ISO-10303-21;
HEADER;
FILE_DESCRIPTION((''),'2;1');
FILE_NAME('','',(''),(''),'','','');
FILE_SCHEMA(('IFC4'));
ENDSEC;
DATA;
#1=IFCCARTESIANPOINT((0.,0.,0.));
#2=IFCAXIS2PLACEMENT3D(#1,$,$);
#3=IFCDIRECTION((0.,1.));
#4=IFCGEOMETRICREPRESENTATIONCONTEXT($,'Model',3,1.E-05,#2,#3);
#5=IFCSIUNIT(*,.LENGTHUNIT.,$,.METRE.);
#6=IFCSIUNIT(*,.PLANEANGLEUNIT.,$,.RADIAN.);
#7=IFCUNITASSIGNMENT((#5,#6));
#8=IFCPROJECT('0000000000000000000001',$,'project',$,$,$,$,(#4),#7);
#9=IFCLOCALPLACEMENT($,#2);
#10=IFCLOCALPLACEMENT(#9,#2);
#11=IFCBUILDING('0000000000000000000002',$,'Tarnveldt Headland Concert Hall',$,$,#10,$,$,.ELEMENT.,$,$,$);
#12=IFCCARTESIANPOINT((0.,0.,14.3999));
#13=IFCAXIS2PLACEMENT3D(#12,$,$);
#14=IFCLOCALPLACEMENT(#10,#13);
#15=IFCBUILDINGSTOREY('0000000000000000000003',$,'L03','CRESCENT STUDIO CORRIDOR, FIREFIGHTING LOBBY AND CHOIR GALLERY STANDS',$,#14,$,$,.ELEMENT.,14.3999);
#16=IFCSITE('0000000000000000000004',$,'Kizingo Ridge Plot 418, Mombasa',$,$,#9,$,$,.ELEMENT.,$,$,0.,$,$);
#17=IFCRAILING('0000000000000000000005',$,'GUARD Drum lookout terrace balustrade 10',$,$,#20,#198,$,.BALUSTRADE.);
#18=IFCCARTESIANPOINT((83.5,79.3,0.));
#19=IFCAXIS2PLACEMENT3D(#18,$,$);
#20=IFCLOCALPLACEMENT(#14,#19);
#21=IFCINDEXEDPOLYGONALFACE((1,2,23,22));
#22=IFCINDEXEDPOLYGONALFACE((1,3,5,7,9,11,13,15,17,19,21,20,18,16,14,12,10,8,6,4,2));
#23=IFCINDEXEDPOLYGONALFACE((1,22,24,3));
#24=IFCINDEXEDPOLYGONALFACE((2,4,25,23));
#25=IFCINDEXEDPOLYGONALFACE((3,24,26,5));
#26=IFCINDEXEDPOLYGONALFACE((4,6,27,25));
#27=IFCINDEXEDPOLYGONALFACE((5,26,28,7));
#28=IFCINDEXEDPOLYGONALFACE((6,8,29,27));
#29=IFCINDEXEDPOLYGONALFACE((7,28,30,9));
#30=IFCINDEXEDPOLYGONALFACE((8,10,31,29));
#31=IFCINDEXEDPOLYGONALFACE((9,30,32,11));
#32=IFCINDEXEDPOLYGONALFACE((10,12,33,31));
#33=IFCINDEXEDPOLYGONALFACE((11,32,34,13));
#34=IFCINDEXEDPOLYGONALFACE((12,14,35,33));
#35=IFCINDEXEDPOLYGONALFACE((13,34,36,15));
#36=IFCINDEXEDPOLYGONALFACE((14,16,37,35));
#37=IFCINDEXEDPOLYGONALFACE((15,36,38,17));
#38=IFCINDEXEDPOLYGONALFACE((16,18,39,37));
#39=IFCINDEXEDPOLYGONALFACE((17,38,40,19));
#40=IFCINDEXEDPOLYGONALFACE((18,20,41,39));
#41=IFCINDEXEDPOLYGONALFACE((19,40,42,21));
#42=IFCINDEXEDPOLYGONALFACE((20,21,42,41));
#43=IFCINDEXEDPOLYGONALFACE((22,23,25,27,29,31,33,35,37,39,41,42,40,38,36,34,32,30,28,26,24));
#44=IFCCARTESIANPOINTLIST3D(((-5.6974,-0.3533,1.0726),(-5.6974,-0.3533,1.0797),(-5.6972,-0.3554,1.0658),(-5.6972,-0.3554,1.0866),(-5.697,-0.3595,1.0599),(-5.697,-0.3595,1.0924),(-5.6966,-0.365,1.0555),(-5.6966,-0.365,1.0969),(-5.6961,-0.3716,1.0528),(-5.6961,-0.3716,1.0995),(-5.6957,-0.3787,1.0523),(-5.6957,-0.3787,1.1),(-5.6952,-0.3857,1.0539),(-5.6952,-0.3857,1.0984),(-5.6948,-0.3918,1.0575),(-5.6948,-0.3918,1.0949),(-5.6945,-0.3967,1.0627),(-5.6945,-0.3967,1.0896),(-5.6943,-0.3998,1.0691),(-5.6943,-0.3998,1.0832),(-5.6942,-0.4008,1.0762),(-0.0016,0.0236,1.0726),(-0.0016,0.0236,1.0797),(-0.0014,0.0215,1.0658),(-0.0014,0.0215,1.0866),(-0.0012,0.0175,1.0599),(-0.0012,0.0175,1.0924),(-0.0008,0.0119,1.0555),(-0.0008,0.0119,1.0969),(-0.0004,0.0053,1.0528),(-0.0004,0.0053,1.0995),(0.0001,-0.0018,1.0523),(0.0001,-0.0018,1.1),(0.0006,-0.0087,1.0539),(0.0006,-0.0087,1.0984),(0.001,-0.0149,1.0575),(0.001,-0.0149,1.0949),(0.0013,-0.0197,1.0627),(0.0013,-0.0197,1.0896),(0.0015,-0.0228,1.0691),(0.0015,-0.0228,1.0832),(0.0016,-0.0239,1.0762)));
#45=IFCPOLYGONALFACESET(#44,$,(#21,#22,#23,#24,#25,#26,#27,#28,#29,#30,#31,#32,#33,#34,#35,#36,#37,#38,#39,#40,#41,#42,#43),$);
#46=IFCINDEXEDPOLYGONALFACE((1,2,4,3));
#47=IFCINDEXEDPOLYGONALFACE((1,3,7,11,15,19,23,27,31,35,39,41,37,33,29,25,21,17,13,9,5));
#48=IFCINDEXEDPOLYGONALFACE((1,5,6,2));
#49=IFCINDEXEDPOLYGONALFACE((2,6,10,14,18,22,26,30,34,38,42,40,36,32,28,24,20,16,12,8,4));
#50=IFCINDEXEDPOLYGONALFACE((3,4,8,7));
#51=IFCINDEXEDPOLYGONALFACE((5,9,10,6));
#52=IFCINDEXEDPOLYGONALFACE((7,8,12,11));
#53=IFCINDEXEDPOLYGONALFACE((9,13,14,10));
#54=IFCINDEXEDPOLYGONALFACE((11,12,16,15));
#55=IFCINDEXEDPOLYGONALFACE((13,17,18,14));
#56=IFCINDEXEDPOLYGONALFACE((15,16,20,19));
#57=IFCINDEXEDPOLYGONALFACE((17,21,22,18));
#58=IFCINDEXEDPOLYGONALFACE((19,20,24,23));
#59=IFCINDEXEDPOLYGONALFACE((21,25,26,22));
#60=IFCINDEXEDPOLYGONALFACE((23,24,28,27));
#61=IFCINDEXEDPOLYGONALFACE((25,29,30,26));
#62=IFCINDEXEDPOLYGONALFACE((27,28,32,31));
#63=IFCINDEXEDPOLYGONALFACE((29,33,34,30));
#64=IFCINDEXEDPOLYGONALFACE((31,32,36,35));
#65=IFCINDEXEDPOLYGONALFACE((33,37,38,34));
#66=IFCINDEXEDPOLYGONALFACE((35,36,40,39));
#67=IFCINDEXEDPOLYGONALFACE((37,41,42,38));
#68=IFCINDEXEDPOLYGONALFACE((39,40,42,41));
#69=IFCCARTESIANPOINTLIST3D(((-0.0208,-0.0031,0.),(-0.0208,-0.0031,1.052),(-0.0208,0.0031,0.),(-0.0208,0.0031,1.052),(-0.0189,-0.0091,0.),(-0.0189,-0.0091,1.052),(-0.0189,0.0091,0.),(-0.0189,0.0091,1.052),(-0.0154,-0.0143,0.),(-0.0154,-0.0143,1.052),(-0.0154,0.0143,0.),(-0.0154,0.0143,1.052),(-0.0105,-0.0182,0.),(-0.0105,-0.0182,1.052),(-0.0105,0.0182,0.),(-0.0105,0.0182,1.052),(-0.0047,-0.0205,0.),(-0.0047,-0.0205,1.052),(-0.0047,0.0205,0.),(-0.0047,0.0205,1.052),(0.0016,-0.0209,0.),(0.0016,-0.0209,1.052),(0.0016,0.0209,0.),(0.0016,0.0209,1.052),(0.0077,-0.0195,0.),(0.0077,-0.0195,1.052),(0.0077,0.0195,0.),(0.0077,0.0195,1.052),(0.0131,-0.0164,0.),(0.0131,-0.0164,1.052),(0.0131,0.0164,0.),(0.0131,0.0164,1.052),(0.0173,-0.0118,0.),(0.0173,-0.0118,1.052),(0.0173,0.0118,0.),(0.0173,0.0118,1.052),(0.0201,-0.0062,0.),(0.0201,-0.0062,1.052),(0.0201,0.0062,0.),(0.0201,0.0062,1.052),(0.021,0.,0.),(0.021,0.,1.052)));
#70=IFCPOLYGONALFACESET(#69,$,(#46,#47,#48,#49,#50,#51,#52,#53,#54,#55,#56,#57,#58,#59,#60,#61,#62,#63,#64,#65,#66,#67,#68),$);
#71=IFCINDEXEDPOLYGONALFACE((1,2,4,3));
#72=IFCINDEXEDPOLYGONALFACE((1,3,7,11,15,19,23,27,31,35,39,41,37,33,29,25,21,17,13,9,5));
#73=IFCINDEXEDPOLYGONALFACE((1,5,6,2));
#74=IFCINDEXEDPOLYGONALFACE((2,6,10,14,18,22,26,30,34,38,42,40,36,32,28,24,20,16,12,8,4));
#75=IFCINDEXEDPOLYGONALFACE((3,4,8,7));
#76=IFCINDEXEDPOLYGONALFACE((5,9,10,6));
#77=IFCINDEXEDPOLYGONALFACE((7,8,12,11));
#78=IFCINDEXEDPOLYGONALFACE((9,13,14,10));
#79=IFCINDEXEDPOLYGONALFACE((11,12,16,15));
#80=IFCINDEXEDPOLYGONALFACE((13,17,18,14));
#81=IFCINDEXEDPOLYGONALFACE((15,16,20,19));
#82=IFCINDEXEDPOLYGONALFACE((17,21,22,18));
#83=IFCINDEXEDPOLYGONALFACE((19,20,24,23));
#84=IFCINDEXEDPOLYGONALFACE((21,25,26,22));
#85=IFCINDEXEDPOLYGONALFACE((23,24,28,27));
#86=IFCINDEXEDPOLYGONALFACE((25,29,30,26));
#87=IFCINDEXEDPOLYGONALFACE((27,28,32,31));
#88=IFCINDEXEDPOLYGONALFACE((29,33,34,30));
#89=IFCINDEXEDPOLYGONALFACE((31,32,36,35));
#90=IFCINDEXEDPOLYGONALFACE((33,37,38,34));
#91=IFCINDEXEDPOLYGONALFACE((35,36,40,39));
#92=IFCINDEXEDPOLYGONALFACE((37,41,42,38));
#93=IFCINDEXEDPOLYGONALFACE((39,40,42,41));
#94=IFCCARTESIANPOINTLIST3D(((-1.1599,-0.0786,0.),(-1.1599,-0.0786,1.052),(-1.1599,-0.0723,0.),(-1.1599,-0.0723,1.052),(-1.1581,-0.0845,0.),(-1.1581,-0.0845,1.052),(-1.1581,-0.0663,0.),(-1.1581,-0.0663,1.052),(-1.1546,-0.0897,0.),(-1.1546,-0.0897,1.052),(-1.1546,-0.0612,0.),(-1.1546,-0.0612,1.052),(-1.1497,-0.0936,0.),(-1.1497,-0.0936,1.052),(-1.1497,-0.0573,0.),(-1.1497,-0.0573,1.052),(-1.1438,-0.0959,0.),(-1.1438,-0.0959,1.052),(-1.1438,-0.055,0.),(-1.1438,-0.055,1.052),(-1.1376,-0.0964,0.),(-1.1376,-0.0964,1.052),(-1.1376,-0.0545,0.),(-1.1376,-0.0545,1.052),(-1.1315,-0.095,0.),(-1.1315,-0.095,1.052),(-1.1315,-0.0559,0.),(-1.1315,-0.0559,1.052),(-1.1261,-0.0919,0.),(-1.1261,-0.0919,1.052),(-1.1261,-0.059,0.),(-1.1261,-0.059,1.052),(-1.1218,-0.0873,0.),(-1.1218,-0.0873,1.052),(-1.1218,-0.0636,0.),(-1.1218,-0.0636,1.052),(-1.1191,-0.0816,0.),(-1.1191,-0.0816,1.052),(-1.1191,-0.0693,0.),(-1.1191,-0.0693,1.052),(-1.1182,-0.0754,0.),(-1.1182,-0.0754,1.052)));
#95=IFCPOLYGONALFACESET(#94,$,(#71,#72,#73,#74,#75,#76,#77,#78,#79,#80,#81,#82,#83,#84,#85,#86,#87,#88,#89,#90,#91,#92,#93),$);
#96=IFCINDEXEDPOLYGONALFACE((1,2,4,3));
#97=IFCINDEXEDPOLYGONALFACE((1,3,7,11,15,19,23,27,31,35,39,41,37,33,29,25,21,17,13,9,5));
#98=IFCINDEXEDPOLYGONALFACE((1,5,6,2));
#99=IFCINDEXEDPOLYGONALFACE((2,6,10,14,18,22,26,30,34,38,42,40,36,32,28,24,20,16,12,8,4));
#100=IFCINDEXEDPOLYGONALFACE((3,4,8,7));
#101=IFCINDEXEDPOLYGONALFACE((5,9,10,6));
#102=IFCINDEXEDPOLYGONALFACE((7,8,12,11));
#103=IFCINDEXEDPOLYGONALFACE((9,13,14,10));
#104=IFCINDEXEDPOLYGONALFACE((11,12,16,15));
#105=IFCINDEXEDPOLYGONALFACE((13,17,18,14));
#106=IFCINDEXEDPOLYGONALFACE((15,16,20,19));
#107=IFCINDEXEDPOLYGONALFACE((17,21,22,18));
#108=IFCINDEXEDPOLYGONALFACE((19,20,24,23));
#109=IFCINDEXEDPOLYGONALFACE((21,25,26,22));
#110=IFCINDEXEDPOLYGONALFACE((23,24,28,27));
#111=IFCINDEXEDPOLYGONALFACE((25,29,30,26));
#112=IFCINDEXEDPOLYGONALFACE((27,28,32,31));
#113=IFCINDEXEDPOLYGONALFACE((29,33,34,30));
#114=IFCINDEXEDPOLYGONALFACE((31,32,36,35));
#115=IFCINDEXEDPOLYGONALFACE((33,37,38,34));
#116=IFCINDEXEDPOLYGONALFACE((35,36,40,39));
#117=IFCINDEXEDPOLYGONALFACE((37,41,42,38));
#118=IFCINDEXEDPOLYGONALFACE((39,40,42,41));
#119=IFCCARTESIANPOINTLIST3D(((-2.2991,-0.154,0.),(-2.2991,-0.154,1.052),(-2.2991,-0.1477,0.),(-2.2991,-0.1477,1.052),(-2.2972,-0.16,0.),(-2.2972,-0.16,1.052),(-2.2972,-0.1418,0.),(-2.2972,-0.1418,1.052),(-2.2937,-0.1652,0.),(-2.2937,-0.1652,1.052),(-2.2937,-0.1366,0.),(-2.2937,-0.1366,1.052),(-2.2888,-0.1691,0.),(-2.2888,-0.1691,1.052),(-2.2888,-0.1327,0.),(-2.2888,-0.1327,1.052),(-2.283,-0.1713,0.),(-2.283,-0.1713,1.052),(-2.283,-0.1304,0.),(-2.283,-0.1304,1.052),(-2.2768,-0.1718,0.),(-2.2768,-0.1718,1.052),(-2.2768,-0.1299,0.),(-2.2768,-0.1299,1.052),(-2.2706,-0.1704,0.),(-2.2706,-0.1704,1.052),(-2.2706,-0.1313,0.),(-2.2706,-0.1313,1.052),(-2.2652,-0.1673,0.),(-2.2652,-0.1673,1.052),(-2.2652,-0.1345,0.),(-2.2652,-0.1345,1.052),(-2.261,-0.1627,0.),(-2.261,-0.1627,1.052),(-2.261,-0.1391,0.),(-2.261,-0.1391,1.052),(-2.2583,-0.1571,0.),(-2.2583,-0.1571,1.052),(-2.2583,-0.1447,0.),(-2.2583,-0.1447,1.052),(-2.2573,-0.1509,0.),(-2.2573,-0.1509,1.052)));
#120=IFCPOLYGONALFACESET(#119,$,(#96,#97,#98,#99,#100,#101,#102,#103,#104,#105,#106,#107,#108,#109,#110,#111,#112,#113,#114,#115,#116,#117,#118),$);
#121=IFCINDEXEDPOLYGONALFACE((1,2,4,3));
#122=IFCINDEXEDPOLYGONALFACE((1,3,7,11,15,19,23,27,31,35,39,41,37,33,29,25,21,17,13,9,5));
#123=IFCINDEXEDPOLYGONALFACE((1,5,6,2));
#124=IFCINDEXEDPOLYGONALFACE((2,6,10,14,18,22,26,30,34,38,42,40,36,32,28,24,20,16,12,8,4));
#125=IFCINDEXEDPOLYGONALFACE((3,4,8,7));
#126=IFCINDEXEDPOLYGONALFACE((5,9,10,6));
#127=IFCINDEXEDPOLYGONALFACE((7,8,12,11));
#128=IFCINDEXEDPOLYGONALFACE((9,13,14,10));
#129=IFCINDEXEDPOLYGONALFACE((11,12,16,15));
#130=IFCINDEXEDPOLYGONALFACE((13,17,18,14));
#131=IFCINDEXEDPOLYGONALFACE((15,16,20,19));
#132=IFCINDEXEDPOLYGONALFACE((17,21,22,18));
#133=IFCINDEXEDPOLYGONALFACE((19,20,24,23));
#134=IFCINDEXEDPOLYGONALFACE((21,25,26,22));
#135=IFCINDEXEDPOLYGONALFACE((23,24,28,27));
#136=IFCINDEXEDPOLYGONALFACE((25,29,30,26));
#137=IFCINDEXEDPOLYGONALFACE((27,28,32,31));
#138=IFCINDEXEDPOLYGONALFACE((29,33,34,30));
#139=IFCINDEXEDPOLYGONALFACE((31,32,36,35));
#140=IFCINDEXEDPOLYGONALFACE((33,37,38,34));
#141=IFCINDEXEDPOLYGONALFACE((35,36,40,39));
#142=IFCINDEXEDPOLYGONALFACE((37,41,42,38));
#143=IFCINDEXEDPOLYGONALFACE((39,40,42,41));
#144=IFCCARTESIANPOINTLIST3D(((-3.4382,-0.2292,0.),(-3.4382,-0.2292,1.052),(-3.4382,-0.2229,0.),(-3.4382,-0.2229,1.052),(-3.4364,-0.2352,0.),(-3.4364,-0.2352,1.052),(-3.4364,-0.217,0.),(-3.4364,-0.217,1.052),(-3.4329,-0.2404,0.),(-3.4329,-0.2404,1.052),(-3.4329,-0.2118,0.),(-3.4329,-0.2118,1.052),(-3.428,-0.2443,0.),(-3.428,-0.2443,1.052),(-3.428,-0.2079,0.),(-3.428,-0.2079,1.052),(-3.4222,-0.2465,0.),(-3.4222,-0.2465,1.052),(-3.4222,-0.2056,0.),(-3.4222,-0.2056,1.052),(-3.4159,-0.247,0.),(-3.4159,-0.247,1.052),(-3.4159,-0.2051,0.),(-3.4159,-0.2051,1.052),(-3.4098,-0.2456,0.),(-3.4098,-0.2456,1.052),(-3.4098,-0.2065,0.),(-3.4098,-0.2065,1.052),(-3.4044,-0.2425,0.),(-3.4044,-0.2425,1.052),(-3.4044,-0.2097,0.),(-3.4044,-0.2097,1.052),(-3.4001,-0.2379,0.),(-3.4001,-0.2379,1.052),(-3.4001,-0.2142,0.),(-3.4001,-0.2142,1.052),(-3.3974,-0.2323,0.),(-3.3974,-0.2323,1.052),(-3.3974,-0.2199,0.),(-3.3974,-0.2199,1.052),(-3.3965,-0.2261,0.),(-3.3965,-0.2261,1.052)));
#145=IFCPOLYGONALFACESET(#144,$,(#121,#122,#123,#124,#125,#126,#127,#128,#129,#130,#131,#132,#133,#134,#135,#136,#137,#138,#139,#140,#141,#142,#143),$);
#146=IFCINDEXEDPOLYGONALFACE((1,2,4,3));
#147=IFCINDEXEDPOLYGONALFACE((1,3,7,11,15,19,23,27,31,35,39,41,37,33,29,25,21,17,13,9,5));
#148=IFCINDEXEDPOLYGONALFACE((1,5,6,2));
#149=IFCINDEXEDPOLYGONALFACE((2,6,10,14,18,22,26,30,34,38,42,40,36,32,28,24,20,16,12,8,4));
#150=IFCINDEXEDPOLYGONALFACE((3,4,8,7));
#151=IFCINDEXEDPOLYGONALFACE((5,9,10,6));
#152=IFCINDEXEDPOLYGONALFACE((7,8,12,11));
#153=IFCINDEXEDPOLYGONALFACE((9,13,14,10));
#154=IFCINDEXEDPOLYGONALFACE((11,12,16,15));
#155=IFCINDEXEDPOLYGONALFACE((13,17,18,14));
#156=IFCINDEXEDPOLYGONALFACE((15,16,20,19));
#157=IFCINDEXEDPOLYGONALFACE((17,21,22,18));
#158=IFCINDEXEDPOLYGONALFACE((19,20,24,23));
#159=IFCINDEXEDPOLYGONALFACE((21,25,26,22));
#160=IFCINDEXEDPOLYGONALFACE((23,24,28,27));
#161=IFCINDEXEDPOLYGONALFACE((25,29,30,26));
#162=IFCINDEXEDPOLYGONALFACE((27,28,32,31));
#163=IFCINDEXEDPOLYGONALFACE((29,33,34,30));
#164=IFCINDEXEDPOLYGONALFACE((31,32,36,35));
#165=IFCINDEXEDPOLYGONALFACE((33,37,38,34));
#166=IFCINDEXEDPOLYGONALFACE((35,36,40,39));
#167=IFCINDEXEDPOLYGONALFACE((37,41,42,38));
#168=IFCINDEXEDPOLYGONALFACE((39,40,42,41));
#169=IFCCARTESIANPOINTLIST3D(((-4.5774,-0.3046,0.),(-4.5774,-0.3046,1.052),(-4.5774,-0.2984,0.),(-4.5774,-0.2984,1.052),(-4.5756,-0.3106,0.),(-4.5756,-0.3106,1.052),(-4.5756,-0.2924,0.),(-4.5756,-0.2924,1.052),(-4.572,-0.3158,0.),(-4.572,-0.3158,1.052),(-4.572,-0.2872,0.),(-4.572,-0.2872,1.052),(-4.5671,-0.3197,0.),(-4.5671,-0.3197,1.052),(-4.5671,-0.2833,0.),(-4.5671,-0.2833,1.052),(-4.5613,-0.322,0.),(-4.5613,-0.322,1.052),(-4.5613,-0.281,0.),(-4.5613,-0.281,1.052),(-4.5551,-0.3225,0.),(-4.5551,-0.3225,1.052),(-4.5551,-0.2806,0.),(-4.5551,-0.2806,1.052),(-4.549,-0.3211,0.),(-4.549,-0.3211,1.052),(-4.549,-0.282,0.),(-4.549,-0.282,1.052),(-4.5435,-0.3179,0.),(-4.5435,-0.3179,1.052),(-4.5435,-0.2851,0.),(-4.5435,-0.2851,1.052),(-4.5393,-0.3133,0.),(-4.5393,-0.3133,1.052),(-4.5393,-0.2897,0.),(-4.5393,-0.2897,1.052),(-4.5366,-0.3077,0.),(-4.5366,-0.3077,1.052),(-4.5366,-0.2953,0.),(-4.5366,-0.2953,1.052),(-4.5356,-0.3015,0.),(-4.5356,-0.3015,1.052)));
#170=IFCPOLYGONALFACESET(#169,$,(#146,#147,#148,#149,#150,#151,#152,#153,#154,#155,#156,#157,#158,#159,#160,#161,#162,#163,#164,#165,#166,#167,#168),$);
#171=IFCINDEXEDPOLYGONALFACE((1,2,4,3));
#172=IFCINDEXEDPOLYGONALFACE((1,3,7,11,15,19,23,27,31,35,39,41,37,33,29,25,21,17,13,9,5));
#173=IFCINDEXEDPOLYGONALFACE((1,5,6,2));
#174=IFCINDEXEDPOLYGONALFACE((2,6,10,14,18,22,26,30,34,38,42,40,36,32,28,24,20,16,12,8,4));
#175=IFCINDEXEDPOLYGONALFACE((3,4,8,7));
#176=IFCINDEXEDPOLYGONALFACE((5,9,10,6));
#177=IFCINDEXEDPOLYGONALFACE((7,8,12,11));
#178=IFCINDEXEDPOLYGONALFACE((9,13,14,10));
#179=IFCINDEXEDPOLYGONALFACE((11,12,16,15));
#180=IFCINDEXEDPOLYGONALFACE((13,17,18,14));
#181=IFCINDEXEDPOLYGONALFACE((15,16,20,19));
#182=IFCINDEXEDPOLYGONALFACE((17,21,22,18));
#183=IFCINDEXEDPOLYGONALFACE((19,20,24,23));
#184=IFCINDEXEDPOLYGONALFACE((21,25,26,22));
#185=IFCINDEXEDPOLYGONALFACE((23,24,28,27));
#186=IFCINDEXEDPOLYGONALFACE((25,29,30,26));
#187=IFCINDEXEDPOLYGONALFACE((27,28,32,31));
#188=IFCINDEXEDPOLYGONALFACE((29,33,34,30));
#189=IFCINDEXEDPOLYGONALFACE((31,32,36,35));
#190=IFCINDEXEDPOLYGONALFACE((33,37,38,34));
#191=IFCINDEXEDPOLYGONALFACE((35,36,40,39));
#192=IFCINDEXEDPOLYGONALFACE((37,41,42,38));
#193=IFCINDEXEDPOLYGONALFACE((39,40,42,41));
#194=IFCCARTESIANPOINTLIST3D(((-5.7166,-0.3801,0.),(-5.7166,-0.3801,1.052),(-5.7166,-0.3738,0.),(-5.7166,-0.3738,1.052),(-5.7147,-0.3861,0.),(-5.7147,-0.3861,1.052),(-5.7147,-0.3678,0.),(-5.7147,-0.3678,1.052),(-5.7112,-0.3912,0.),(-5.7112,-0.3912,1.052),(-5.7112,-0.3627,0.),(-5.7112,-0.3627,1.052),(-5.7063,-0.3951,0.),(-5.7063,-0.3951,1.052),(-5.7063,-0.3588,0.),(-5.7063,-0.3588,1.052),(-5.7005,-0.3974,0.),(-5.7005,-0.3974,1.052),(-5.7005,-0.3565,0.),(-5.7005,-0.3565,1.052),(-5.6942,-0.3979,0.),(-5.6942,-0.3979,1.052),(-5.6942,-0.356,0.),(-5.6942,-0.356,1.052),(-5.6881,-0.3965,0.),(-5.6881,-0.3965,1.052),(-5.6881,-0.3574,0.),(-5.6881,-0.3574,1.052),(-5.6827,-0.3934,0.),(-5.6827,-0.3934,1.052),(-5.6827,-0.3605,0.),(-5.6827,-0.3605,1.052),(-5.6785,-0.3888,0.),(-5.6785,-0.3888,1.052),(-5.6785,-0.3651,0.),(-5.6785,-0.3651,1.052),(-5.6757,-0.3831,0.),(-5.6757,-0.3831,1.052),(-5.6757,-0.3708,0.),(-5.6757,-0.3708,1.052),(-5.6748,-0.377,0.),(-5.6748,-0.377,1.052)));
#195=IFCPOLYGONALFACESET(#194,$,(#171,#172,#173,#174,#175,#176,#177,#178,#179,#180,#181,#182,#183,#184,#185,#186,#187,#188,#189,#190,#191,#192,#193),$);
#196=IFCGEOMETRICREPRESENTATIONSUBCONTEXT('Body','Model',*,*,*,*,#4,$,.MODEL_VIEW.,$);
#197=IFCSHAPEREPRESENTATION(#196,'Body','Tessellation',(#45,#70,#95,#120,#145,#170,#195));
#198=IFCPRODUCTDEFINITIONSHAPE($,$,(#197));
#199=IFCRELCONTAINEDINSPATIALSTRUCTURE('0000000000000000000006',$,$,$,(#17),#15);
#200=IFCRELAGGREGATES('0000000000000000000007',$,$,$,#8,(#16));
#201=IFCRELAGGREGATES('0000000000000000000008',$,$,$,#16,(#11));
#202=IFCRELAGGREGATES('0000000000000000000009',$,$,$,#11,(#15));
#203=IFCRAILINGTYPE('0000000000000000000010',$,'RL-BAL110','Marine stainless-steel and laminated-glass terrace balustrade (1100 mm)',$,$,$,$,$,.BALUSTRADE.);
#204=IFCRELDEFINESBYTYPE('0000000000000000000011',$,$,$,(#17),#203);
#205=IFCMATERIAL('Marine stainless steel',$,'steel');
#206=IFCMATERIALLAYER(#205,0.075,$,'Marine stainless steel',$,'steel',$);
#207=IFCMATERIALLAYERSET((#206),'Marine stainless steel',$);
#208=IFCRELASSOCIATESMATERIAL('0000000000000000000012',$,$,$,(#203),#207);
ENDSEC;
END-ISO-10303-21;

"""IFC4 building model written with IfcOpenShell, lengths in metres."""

from ifc_helpers import new_model, si_unit, direction, frame, origin, origin_2d, place, context, subcontext, project, spatial, circle, extrude, material, layer, layer_set, type_object, element, save


model = new_model("IFC4")

# Units and contexts
model_context = context("Model", 3, precision=1e-05, world=origin(), true_north=direction((0.0, 1.0)))
body_context = subcontext(model_context, "Body", "Model", "MODEL_VIEW")
ifc_project = project(units=[si_unit("LENGTHUNIT", "METRE"), si_unit("PLANEANGLEUNIT", "RADIAN")], contexts=[model_context])

# Site, building, storey
site_placement = place(None, origin())
site = spatial("IfcSite", under=ifc_project, at=site_placement, Name="Kizingo Ridge Plot 418, Mombasa", CompositionType="ELEMENT", RefElevation=0.0)
building_placement = place(site_placement, origin())
building = spatial("IfcBuilding", under=site, at=building_placement, Name="Tarnveldt Headland Concert Hall", CompositionType="ELEMENT")
storey_placement = place(building_placement, frame((0.0, 0.0, 14.3999)))
storey = spatial("IfcBuildingStorey", under=building, at=storey_placement, Name="L03", Description="CRESCENT STUDIO CORRIDOR, FIREFIGHTING LOBBY AND CHOIR GALLERY STANDS", CompositionType="ELEMENT", Elevation=14.3999)

# Railing
ifc_material_1 = material(Name="Marine stainless steel", Category="steel")
ifc_layer_1 = layer(ifc_material_1, 0.075, Name="Marine stainless steel", Category="steel")
ifc_layer_set_1 = layer_set([ifc_layer_1], Name="Marine stainless steel")
railing_type = type_object("IfcRailingType", Name="RL-BAL110", Description="Marine stainless-steel and laminated-glass terrace balustrade (1100 mm)", PredefinedType="BALUSTRADE", material=ifc_layer_set_1)
railing_1_placement = place(storey_placement, frame((83.5, 79.3, 0.0)))
element("IfcRailing", 1, at=railing_1_placement, inside=storey, type_object=railing_type, Name="GUARD Drum lookout terrace balustrade 10", PredefinedType="BALUSTRADE", context=body_context, shape_type="SweptSolid", body=[
    extrude(circle(Radius=0.0239, at=origin_2d()), frame((0.0, 0.0, 1.0762), z_axis=(-0.997817, -0.066036, 0.0), x_axis=(0.066036, -0.997817, 0.0)), (0.0, 0.0, 1.0), 5.7083),
    extrude(circle(Radius=0.021, at=origin_2d()), origin(), (0.0, 0.0, 1.0), 1.052),
    extrude(circle(Radius=0.021, at=origin_2d()), frame((-1.1392, -0.0754, 0.0)), (0.0, 0.0, 1.0), 1.052),
    extrude(circle(Radius=0.021, at=origin_2d()), frame((-2.2783, -0.1509, 0.0)), (0.0, 0.0, 1.0), 1.052),
    extrude(circle(Radius=0.021, at=origin_2d()), frame((-3.4175, -0.2261, 0.0)), (0.0, 0.0, 1.0), 1.052),
    extrude(circle(Radius=0.021, at=origin_2d()), frame((-4.5566, -0.3015, 0.0)), (0.0, 0.0, 1.0), 1.052),
    extrude(circle(Radius=0.021, at=origin_2d()), frame((-5.6958, -0.377, 0.0)), (0.0, 0.0, 1.0), 1.052),
])

save(model, "model.ifc")
